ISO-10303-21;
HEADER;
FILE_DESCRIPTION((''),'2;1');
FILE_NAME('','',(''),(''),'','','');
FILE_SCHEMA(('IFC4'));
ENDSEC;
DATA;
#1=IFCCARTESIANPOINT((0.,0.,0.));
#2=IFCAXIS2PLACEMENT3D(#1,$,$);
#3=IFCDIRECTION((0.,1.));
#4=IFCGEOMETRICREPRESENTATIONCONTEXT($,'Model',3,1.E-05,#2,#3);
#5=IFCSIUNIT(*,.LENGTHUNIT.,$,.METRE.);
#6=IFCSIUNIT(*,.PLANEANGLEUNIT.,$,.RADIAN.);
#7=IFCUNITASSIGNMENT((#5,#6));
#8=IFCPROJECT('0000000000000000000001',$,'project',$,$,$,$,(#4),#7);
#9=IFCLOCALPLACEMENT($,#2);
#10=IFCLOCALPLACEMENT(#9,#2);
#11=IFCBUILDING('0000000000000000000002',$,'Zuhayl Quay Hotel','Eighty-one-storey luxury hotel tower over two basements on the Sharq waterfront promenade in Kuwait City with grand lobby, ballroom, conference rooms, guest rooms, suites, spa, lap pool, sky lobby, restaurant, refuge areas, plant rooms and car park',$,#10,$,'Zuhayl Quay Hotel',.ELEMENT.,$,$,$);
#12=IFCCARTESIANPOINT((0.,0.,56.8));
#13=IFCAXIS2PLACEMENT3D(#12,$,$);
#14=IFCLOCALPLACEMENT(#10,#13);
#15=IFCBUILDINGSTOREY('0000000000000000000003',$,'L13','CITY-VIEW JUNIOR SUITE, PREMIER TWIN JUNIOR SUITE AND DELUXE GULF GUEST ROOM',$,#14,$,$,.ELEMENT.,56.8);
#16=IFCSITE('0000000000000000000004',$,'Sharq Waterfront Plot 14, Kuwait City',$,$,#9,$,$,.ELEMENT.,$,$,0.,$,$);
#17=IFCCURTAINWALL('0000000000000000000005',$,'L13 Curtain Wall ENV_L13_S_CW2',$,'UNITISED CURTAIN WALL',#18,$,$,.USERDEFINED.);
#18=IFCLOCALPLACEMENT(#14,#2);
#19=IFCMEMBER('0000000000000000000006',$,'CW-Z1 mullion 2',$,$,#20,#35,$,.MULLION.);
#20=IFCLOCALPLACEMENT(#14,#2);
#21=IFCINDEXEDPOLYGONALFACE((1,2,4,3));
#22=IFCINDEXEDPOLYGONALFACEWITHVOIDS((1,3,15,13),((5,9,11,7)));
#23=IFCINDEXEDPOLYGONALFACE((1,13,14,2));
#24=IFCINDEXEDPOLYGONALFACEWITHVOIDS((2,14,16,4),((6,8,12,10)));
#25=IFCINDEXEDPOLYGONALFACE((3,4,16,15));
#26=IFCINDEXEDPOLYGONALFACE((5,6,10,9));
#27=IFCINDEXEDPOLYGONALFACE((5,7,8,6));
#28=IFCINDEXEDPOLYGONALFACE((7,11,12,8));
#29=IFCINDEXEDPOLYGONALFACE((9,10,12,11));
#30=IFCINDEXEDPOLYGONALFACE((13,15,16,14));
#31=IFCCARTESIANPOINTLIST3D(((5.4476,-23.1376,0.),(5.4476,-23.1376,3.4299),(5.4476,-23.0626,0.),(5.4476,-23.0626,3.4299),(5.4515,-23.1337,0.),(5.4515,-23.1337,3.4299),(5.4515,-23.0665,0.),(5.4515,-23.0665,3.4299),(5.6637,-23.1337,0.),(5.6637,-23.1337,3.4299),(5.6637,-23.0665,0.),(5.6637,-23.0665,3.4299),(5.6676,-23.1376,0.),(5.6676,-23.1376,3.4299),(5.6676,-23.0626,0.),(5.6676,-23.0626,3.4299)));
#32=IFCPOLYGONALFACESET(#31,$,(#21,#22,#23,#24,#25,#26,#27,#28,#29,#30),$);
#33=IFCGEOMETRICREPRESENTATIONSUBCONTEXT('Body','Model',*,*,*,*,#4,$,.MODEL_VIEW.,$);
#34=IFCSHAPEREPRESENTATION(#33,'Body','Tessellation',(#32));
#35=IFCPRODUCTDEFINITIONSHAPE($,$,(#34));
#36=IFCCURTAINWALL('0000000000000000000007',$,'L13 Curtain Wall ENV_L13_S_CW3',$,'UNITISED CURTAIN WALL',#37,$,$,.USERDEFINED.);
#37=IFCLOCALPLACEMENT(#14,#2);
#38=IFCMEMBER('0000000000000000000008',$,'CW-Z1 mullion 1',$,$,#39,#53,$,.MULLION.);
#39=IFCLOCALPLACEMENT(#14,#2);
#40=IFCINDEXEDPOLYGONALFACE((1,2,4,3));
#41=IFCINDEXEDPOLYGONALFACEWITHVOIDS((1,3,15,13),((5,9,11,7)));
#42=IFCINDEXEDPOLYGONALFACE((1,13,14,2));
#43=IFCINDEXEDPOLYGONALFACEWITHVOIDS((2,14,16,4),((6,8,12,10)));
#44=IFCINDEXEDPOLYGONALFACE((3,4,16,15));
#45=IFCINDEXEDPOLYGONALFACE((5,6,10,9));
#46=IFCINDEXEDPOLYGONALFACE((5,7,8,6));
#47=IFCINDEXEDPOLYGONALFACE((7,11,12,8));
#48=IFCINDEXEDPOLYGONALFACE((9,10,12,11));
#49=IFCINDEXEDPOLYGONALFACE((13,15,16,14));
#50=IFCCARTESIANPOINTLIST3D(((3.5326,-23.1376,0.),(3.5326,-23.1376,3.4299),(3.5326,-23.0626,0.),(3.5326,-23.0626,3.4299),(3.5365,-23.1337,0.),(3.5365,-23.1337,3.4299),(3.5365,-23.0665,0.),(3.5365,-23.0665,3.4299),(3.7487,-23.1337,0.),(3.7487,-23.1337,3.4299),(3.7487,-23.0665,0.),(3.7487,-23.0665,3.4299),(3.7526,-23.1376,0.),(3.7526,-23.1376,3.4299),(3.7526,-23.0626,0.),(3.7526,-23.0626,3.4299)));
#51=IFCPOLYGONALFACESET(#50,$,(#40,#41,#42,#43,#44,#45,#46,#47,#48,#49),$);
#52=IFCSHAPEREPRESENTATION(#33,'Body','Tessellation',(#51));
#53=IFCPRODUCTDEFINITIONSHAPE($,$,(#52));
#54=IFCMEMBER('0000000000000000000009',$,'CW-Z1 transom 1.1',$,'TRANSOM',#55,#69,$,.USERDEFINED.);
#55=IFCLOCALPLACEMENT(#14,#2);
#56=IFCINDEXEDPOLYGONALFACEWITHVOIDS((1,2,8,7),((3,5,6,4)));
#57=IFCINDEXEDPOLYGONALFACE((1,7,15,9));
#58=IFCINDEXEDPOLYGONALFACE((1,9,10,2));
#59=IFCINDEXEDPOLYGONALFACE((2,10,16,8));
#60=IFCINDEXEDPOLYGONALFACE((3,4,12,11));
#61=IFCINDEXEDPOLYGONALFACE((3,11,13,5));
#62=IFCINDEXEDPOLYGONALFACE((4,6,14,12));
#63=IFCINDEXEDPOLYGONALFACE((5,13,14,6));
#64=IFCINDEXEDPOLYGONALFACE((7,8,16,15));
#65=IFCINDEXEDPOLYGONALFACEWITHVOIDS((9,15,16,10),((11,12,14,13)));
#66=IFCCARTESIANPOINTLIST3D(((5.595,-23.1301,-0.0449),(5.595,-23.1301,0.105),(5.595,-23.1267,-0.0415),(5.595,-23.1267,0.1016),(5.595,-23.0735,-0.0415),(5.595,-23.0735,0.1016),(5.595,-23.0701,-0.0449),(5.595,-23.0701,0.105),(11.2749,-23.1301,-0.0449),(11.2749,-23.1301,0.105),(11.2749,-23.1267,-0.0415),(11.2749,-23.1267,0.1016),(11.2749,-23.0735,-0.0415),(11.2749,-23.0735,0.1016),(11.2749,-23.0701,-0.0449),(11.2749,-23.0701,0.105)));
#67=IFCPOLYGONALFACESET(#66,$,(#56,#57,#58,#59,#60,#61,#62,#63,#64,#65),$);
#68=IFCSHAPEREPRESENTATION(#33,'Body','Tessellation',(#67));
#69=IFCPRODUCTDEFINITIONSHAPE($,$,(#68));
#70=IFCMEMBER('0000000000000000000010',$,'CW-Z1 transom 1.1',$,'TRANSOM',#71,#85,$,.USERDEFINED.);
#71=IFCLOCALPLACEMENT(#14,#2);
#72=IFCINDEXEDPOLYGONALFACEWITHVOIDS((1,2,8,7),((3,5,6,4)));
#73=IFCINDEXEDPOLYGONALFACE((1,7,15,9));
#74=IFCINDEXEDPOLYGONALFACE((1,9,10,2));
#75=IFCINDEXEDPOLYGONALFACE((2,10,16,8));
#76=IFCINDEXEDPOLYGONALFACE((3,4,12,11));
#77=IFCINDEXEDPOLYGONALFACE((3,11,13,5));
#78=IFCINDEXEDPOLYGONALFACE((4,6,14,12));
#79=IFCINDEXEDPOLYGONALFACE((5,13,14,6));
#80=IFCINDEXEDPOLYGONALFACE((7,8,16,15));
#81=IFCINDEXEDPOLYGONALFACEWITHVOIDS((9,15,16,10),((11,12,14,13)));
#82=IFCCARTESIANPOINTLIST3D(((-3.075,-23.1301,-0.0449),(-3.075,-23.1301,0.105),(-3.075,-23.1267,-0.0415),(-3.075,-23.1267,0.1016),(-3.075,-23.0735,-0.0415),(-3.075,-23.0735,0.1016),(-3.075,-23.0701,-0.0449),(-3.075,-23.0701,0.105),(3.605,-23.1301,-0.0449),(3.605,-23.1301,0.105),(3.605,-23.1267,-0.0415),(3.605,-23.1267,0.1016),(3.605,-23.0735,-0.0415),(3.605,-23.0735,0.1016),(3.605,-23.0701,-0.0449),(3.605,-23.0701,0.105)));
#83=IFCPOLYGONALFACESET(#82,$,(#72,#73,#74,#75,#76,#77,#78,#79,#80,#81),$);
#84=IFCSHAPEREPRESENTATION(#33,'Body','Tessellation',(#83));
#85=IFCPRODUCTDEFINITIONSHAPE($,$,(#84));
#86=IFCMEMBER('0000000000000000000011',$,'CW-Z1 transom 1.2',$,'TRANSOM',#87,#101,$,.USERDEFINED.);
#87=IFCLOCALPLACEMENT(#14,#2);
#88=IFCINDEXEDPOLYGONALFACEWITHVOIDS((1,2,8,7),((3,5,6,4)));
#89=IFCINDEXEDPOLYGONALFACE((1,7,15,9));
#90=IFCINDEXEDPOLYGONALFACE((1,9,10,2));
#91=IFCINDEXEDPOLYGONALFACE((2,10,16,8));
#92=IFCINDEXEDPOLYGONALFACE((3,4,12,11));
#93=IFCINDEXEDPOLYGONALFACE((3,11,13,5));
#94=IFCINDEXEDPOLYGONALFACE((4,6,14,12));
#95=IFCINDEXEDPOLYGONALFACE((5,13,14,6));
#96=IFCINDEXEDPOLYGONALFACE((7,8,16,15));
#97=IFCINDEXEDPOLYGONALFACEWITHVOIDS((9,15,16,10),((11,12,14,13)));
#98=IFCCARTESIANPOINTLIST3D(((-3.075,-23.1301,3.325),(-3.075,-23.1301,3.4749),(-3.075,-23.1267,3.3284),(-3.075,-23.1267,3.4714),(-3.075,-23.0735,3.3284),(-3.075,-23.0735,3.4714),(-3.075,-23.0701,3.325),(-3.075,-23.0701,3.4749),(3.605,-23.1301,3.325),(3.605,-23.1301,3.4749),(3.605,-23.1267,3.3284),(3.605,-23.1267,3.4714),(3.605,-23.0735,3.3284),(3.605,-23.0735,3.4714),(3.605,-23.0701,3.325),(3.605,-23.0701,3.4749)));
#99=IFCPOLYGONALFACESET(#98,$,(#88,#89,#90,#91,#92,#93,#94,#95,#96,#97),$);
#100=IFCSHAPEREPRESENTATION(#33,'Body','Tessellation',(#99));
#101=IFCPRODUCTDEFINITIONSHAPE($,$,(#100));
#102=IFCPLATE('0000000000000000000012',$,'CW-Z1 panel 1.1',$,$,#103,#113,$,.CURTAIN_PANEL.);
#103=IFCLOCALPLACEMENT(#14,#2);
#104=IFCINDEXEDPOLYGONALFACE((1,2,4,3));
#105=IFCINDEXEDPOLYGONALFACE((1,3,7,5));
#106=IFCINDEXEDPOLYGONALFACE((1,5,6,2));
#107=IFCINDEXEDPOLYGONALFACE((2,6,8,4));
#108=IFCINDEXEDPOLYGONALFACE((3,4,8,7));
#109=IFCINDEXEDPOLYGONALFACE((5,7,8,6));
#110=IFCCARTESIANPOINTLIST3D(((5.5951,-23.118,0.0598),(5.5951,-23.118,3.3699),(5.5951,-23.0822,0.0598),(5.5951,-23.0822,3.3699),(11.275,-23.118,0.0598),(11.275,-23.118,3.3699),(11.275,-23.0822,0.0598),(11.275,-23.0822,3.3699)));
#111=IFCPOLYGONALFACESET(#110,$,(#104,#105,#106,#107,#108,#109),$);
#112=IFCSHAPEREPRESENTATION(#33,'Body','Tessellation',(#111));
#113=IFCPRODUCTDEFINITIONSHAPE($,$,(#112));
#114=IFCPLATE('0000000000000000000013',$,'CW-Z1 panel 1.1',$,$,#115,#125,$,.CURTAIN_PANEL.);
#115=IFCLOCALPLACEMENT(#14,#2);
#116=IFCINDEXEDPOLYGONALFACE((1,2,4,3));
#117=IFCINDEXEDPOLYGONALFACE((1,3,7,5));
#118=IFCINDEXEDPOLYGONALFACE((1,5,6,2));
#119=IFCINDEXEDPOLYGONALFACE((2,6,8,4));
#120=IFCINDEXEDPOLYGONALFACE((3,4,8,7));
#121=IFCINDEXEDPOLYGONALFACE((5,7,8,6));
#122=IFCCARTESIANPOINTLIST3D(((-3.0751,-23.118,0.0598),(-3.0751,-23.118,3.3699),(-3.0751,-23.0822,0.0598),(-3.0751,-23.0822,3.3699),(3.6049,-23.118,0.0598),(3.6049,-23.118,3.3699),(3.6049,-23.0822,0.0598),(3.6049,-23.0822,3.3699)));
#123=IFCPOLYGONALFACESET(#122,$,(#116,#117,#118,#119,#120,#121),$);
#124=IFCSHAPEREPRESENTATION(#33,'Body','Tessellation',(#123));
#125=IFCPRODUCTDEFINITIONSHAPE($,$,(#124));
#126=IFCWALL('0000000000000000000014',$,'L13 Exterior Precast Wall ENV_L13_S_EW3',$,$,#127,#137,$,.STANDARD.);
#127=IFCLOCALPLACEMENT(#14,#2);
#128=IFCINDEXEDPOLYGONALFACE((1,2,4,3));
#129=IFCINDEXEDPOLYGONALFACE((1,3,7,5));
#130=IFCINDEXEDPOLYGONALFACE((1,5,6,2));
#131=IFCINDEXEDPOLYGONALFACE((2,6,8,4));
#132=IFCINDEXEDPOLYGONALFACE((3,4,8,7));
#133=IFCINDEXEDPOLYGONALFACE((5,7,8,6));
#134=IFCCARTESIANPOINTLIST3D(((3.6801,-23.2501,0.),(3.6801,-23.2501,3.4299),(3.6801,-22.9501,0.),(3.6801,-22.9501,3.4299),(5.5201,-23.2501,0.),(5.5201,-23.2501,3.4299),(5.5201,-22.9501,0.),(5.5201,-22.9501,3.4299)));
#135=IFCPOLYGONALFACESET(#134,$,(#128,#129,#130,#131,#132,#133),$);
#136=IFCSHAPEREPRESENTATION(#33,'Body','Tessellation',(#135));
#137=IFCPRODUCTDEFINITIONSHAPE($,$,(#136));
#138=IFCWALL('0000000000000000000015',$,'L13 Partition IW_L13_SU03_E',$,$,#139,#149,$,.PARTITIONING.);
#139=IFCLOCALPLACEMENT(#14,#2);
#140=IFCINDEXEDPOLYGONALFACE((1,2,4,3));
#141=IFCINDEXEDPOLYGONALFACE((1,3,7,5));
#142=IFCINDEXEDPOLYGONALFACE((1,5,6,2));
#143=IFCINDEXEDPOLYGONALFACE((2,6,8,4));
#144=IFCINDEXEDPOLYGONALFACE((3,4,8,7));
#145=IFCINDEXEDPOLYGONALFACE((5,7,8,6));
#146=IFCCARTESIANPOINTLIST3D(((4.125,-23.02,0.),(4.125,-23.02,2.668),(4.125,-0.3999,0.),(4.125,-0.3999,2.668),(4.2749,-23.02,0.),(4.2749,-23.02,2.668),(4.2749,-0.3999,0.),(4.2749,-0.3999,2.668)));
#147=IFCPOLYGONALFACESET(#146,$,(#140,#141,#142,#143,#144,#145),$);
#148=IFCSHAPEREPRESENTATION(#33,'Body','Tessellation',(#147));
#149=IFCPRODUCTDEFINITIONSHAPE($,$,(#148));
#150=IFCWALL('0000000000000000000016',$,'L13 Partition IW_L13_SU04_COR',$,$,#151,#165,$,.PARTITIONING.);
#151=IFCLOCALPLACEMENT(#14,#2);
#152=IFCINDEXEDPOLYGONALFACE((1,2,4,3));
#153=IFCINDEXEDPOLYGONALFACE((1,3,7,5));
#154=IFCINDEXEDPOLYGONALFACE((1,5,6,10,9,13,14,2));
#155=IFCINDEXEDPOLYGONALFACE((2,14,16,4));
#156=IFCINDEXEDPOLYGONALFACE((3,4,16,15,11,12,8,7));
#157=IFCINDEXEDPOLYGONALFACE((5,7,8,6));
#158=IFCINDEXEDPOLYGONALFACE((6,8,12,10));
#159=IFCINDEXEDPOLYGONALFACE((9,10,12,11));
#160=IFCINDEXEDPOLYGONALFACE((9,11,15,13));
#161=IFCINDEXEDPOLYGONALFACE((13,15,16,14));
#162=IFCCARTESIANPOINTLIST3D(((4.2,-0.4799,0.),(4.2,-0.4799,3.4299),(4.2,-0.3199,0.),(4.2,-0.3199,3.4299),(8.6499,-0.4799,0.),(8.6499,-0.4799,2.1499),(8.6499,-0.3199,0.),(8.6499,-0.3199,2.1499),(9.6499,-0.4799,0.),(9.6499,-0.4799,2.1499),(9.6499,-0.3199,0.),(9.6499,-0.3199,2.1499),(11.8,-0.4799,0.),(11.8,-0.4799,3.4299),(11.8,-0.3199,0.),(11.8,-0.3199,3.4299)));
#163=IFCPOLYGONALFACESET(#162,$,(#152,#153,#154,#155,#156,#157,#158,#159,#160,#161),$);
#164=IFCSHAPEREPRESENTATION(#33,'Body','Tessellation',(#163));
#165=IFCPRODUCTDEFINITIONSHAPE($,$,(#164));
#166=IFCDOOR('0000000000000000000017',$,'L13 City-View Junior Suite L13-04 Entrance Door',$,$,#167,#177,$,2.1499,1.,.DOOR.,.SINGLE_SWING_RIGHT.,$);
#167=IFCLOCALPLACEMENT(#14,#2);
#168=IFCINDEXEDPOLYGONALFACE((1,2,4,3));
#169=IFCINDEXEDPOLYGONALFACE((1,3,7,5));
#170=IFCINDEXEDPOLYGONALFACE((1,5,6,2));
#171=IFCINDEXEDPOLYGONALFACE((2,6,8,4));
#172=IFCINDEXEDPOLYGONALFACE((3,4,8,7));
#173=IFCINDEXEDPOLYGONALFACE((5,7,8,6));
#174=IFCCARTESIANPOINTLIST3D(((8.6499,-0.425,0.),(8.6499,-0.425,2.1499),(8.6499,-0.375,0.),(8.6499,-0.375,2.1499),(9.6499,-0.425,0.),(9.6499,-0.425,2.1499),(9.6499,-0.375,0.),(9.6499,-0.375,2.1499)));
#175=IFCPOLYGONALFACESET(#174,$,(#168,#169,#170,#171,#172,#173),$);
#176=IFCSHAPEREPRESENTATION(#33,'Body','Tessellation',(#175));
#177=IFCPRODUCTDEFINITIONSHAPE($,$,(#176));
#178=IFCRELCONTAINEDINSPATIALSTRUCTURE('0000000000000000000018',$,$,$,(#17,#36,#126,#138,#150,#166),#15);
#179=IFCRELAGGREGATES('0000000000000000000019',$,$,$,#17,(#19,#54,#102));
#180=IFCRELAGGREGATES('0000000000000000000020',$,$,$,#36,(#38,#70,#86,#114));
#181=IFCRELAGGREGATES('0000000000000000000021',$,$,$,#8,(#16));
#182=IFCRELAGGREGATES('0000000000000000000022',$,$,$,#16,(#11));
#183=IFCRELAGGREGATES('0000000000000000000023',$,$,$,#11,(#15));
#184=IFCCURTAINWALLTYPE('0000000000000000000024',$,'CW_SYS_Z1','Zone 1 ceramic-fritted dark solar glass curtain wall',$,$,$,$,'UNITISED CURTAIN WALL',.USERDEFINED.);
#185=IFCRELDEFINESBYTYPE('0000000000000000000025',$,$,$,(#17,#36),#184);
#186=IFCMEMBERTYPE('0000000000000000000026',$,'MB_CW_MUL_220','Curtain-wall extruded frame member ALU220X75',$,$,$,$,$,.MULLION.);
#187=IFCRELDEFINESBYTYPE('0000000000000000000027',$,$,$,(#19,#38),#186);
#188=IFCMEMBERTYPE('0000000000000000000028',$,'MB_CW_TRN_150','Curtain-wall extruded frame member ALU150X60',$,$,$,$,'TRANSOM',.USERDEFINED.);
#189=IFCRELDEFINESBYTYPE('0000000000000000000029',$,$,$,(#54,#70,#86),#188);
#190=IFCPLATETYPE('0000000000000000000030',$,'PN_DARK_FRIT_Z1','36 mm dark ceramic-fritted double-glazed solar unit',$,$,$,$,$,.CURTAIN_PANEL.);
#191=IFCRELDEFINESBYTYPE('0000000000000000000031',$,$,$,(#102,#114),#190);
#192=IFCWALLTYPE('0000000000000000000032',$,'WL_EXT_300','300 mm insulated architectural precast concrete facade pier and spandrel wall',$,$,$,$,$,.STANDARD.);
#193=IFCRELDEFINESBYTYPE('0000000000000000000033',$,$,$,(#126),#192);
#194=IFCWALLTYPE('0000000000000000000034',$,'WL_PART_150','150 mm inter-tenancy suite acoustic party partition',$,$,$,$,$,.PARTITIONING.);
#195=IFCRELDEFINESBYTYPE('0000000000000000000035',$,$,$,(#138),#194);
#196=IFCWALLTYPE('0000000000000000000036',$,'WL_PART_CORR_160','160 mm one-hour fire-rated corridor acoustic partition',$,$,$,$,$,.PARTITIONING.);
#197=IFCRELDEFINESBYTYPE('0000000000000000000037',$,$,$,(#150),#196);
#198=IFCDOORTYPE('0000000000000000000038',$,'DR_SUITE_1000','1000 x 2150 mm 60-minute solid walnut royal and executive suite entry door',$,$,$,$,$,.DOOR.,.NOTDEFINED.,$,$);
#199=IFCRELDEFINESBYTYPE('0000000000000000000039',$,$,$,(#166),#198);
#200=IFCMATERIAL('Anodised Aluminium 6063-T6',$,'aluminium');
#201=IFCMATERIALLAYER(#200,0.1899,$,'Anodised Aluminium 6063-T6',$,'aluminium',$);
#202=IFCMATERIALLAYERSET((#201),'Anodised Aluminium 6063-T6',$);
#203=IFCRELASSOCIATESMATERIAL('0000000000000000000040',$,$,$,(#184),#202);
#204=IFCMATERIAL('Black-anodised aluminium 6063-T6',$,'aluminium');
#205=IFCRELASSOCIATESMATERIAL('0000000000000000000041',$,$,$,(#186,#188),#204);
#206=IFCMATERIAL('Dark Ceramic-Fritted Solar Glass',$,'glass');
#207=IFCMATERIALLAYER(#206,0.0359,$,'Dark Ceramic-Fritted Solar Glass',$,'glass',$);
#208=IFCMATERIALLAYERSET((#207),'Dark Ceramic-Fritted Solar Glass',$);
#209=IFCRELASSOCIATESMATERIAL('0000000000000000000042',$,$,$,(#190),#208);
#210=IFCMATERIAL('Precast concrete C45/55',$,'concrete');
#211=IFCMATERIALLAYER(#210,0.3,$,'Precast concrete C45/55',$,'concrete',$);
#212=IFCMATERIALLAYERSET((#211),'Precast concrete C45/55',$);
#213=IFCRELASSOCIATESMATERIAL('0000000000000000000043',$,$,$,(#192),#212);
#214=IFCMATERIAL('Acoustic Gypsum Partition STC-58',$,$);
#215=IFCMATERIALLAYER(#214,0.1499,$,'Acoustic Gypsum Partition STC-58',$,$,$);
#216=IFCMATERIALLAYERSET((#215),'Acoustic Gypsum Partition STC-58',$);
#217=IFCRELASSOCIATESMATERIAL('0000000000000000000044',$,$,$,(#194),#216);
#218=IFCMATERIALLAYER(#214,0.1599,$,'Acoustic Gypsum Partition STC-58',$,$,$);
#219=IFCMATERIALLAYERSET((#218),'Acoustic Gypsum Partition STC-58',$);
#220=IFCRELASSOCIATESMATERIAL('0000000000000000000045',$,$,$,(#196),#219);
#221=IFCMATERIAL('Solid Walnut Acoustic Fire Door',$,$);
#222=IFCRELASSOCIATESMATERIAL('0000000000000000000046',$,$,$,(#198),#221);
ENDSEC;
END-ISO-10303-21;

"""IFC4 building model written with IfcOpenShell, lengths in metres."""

from ifc_helpers import new_model, si_unit, direction, frame, frame_2d, origin, origin_2d, place, context, subcontext, project, spatial, rectangle, hollow_rectangle, extrude, material, layer, layer_set, material_profile, profile_set, type_object, element, fill, aggregate, save


model = new_model("IFC4")

# Units and contexts
model_context = context("Model", 3, precision=1e-05, world=origin(), true_north=direction((0.0, 1.0)))
body_context = subcontext(model_context, "Body", "Model", "MODEL_VIEW")
ifc_project = project(units=[si_unit("LENGTHUNIT", "METRE"), si_unit("PLANEANGLEUNIT", "RADIAN")], contexts=[model_context])

# Site, building, storey
site_placement = place(None, origin())
site = spatial("IfcSite", under=ifc_project, at=site_placement, Name="Sharq Waterfront Plot 14, Kuwait City", CompositionType="ELEMENT", RefElevation=0.0)
building_placement = place(site_placement, origin())
building = spatial("IfcBuilding", under=site, at=building_placement, Name="Zuhayl Quay Hotel", Description="Eighty-one-storey luxury hotel tower over two basements on the Sharq waterfront promenade in Kuwait City with grand lobby, ballroom, conference rooms, guest rooms, suites, spa, lap pool, sky lobby, restaurant, refuge areas, plant rooms and car park", LongName="Zuhayl Quay Hotel", CompositionType="ELEMENT")
storey_placement = place(building_placement, frame((0.0, 0.0, 56.8)))
storey = spatial("IfcBuildingStorey", under=building, at=storey_placement, Name="L13", Description="CITY-VIEW JUNIOR SUITE, PREMIER TWIN JUNIOR SUITE AND DELUXE GULF GUEST ROOM", CompositionType="ELEMENT", Elevation=56.8)

# Curtain walls, members
ifc_material_1 = material(Name="Anodised Aluminium 6063-T6", Category="aluminium")
ifc_layer_1 = layer(ifc_material_1, 0.1899, Name="Anodised Aluminium 6063-T6", Category="aluminium")
ifc_layer_set_1 = layer_set([ifc_layer_1], Name="Anodised Aluminium 6063-T6")
curtain_wall_type = type_object("IfcCurtainWallType", Name="CW_SYS_Z1", Description="Zone 1 ceramic-fritted dark solar glass curtain wall", ElementType="UNITISED CURTAIN WALL", PredefinedType="USERDEFINED", material=ifc_layer_set_1)
curtain_wall_1_placement = place(storey_placement, origin())
curtain_wall_1 = element("IfcCurtainWall", 1, at=curtain_wall_1_placement, inside=storey, type_object=curtain_wall_type, Name="L13 Curtain Wall ENV_L13_S_CW2", ObjectType="UNITISED CURTAIN WALL", PredefinedType="USERDEFINED")
ifc_material_2 = material(Name="Black-anodised aluminium 6063-T6", Category="aluminium")
ifc_material_profile_1 = material_profile(ifc_material_2, hollow_rectangle(XDim=0.075, YDim=0.22, WallThickness=0.0039, at=origin_2d()), Name="ALU220X75")
ifc_profile_set_1 = profile_set([ifc_material_profile_1], Name="Black-anodised aluminium 6063-T6")
member_type_1 = type_object("IfcMemberType", Name="MB_CW_MUL_220", Description="Curtain-wall extruded frame member ALU220X75", PredefinedType="MULLION", material=ifc_profile_set_1)
member_1_placement = place(storey_placement, frame((5.5576, -23.1001, 0.0), z_axis=(0.0, 0.0, 1.0), x_axis=(0.0, -1.0, 0.0)))
member_1 = element("IfcMember", 2, at=member_1_placement, type_object=member_type_1, Name="CW-Z1 mullion 2", PredefinedType="MULLION", context=body_context, shape_type="SweptSolid", body=[
    extrude(hollow_rectangle(XDim=0.075, YDim=0.22, WallThickness=0.0039, at=origin_2d()), origin(), (0.0, 0.0, 1.0), 3.4299),
])
curtain_wall_2_placement = place(storey_placement, origin())
curtain_wall_2 = element("IfcCurtainWall", 3, at=curtain_wall_2_placement, inside=storey, type_object=curtain_wall_type, Name="L13 Curtain Wall ENV_L13_S_CW3", ObjectType="UNITISED CURTAIN WALL", PredefinedType="USERDEFINED")
member_2_placement = place(storey_placement, frame((3.6426, -23.1001, 0.0), z_axis=(0.0, 0.0, 1.0), x_axis=(0.0, -1.0, 0.0)))
member_2 = element("IfcMember", 4, at=member_2_placement, type_object=member_type_1, Name="CW-Z1 mullion 1", PredefinedType="MULLION", context=body_context, shape_type="SweptSolid", body=[
    extrude(hollow_rectangle(XDim=0.075, YDim=0.22, WallThickness=0.0039, at=origin_2d()), origin(), (0.0, 0.0, 1.0), 3.4299),
])

# Members
ifc_material_profile_2 = material_profile(ifc_material_2, hollow_rectangle(XDim=0.0601, YDim=0.1499, WallThickness=0.0034, at=origin_2d()), Name="ALU150X60")
ifc_profile_set_2 = profile_set([ifc_material_profile_2], Name="Black-anodised aluminium 6063-T6")
member_type_2 = type_object("IfcMemberType", Name="MB_CW_TRN_150", Description="Curtain-wall extruded frame member ALU150X60", ElementType="TRANSOM", PredefinedType="USERDEFINED", material=ifc_profile_set_2)
member_3_placement = place(storey_placement, frame((11.2749, -23.1001, 0.03), z_axis=(-1.0, 0.0, 0.0), x_axis=(0.0, -1.0, 0.0)))
member_3 = element("IfcMember", 5, at=member_3_placement, type_object=member_type_2, Name="CW-Z1 transom 1.1", ObjectType="TRANSOM", PredefinedType="USERDEFINED", context=body_context, shape_type="SweptSolid", body=[
    extrude(hollow_rectangle(XDim=0.0601, YDim=0.1499, WallThickness=0.0034, at=origin_2d()), origin(), (0.0, 0.0, 1.0), 5.6799),
])
member_4_placement = place(storey_placement, frame((3.605, -23.1001, 0.03), z_axis=(-1.0, 0.0, 0.0), x_axis=(0.0, -1.0, 0.0)))
member_4 = element("IfcMember", 6, at=member_4_placement, type_object=member_type_2, Name="CW-Z1 transom 1.1", ObjectType="TRANSOM", PredefinedType="USERDEFINED", context=body_context, shape_type="SweptSolid", body=[
    extrude(hollow_rectangle(XDim=0.0601, YDim=0.1499, WallThickness=0.0034, at=origin_2d()), origin(), (0.0, 0.0, 1.0), 6.6799),
])
member_5_placement = place(storey_placement, frame((3.605, -23.1001, 3.3999), z_axis=(-1.0, 0.0, 0.0), x_axis=(0.0, -1.0, 0.0)))
member_5 = element("IfcMember", 7, at=member_5_placement, type_object=member_type_2, Name="CW-Z1 transom 1.2", ObjectType="TRANSOM", PredefinedType="USERDEFINED", context=body_context, shape_type="SweptSolid", body=[
    extrude(hollow_rectangle(XDim=0.0601, YDim=0.1499, WallThickness=0.0034, at=origin_2d()), origin(), (0.0, 0.0, 1.0), 6.6799),
])

# Plates
ifc_material_3 = material(Name="Dark Ceramic-Fritted Solar Glass", Category="glass")
ifc_layer_2 = layer(ifc_material_3, 0.0359, Name="Dark Ceramic-Fritted Solar Glass", Category="glass")
ifc_layer_set_2 = layer_set([ifc_layer_2], Name="Dark Ceramic-Fritted Solar Glass")
plate_type = type_object("IfcPlateType", Name="PN_DARK_FRIT_Z1", Description="36 mm dark ceramic-fritted double-glazed solar unit", PredefinedType="CURTAIN_PANEL", material=ifc_layer_set_2)
plate_1_placement = place(storey_placement, frame((8.4351, -23.1001, 0.0598), z_axis=(0.0, 0.0, 1.0), x_axis=(-1.0, 0.0, 0.0)))
plate_1 = element("IfcPlate", 8, at=plate_1_placement, type_object=plate_type, Name="CW-Z1 panel 1.1", PredefinedType="CURTAIN_PANEL", context=body_context, shape_type="SweptSolid", body=[
    extrude(rectangle(XDim=5.6799, YDim=0.0359, at=origin_2d()), origin(), (0.0, 0.0, 1.0), 3.3101),
])
aggregate(curtain_wall_1, [member_1, member_3, plate_1])
plate_2_placement = place(storey_placement, frame((0.2649, -23.1001, 0.0598), z_axis=(0.0, 0.0, 1.0), x_axis=(-1.0, 0.0, 0.0)))
plate_2 = element("IfcPlate", 9, at=plate_2_placement, type_object=plate_type, Name="CW-Z1 panel 1.1", PredefinedType="CURTAIN_PANEL", context=body_context, shape_type="SweptSolid", body=[
    extrude(rectangle(XDim=6.6799, YDim=0.0359, at=origin_2d()), origin(), (0.0, 0.0, 1.0), 3.3101),
])
aggregate(curtain_wall_2, [member_2, member_4, member_5, plate_2])

# Walls
ifc_material_4 = material(Name="Precast concrete C45/55", Category="concrete")
ifc_layer_3 = layer(ifc_material_4, 0.3, Name="Precast concrete C45/55", Category="concrete")
ifc_layer_set_3 = layer_set([ifc_layer_3], Name="Precast concrete C45/55")
wall_type_1 = type_object("IfcWallType", Name="WL_EXT_300", Description="300 mm insulated architectural precast concrete facade pier and spandrel wall", PredefinedType="STANDARD", material=ifc_layer_set_3)
wall_1_placement = place(storey_placement, frame((5.52, -23.1001, 0.0), z_axis=(0.0, 0.0, 1.0), x_axis=(-1.0, 0.0, 0.0)))
element("IfcWall", 10, at=wall_1_placement, inside=storey, type_object=wall_type_1, Name="L13 Exterior Precast Wall ENV_L13_S_EW3", PredefinedType="STANDARD", context=body_context, shape_type="SweptSolid", body=[
    extrude(rectangle(XDim=1.8401, YDim=0.3, at=frame_2d((0.9199, 0.0))), origin(), (0.0, 0.0, 1.0), 3.4299),
])
ifc_material_5 = material(Name="Acoustic Gypsum Partition STC-58")
ifc_layer_4 = layer(ifc_material_5, 0.1499, Name="Acoustic Gypsum Partition STC-58")
ifc_layer_set_4 = layer_set([ifc_layer_4], Name="Acoustic Gypsum Partition STC-58")
wall_type_2 = type_object("IfcWallType", Name="WL_PART_150", Description="150 mm inter-tenancy suite acoustic party partition", PredefinedType="PARTITIONING", material=ifc_layer_set_4)
wall_2_placement = place(storey_placement, frame((4.2, -23.02, 0.0), z_axis=(0.0, 0.0, 1.0), x_axis=(0.0, 1.0, 0.0)))
element("IfcWall", 11, at=wall_2_placement, inside=storey, type_object=wall_type_2, Name="L13 Partition IW_L13_SU03_E", PredefinedType="PARTITIONING", context=body_context, shape_type="SweptSolid", body=[
    extrude(rectangle(XDim=22.6201, YDim=0.1499, at=frame_2d((11.3101, 0.0))), origin(), (0.0, 0.0, 1.0), 2.668),
])

# Wall, opening, door
ifc_layer_5 = layer(ifc_material_5, 0.1599, Name="Acoustic Gypsum Partition STC-58")
ifc_layer_set_5 = layer_set([ifc_layer_5], Name="Acoustic Gypsum Partition STC-58")
wall_type_3 = type_object("IfcWallType", Name="WL_PART_CORR_160", Description="160 mm one-hour fire-rated corridor acoustic partition", PredefinedType="PARTITIONING", material=ifc_layer_set_5)
wall_3_placement = place(storey_placement, frame((4.2, -0.3999, 0.0), z_axis=(0.0, 0.0, 1.0), x_axis=(1.0, 0.0, 0.0)))
wall_3 = element("IfcWall", 12, at=wall_3_placement, inside=storey, type_object=wall_type_3, Name="L13 Partition IW_L13_SU04_COR", PredefinedType="PARTITIONING", context=body_context, shape_type="SweptSolid", body=[
    extrude(rectangle(XDim=7.6001, YDim=0.1599, at=frame_2d((3.8, 0.0))), origin(), (0.0, 0.0, 1.0), 3.4299),
])
opening_1_placement = place(wall_3_placement, frame((4.45, 0.0, 0.0)))
opening_1 = element("IfcOpeningElement", 13, at=opening_1_placement, cuts=wall_3, PredefinedType="OPENING", context=body_context, shape_type="SweptSolid", body=[
    extrude(rectangle(XDim=1.0, YDim=2.1499, at=frame_2d((0.5, 1.075))), frame((0.0, 0.0898, 0.0), z_axis=(0.0, -1.0, 0.0), x_axis=(1.0, 0.0, 0.0)), (0.0, 0.0, 1.0), 0.1799),
])
ifc_material_6 = material(Name="Solid Walnut Acoustic Fire Door")
door_type_1 = type_object("IfcDoorType", Name="DR_SUITE_1000", Description="1000 x 2150 mm 60-minute solid walnut royal and executive suite entry door", OperationType="NOTDEFINED", PredefinedType="DOOR", material=ifc_material_6)
door_1_placement = place(opening_1_placement, origin())
door_1 = element("IfcDoor", 14, at=door_1_placement, inside=storey, type_object=door_type_1, Name="L13 City-View Junior Suite L13-04 Entrance Door", OperationType="SINGLE_SWING_RIGHT", OverallHeight=2.1499, OverallWidth=1.0, PredefinedType="DOOR", context=body_context, shape_type="SweptSolid", body=[
    extrude(rectangle(XDim=1.0, YDim=2.1499, at=frame_2d((0.5, 1.075))), frame((0.0, 0.0249, 0.0), z_axis=(0.0, -1.0, 0.0), x_axis=(1.0, 0.0, 0.0)), (0.0, 0.0, 1.0), 0.05),
])
fill(opening_1, door_1)

save(model, "model.ifc")
